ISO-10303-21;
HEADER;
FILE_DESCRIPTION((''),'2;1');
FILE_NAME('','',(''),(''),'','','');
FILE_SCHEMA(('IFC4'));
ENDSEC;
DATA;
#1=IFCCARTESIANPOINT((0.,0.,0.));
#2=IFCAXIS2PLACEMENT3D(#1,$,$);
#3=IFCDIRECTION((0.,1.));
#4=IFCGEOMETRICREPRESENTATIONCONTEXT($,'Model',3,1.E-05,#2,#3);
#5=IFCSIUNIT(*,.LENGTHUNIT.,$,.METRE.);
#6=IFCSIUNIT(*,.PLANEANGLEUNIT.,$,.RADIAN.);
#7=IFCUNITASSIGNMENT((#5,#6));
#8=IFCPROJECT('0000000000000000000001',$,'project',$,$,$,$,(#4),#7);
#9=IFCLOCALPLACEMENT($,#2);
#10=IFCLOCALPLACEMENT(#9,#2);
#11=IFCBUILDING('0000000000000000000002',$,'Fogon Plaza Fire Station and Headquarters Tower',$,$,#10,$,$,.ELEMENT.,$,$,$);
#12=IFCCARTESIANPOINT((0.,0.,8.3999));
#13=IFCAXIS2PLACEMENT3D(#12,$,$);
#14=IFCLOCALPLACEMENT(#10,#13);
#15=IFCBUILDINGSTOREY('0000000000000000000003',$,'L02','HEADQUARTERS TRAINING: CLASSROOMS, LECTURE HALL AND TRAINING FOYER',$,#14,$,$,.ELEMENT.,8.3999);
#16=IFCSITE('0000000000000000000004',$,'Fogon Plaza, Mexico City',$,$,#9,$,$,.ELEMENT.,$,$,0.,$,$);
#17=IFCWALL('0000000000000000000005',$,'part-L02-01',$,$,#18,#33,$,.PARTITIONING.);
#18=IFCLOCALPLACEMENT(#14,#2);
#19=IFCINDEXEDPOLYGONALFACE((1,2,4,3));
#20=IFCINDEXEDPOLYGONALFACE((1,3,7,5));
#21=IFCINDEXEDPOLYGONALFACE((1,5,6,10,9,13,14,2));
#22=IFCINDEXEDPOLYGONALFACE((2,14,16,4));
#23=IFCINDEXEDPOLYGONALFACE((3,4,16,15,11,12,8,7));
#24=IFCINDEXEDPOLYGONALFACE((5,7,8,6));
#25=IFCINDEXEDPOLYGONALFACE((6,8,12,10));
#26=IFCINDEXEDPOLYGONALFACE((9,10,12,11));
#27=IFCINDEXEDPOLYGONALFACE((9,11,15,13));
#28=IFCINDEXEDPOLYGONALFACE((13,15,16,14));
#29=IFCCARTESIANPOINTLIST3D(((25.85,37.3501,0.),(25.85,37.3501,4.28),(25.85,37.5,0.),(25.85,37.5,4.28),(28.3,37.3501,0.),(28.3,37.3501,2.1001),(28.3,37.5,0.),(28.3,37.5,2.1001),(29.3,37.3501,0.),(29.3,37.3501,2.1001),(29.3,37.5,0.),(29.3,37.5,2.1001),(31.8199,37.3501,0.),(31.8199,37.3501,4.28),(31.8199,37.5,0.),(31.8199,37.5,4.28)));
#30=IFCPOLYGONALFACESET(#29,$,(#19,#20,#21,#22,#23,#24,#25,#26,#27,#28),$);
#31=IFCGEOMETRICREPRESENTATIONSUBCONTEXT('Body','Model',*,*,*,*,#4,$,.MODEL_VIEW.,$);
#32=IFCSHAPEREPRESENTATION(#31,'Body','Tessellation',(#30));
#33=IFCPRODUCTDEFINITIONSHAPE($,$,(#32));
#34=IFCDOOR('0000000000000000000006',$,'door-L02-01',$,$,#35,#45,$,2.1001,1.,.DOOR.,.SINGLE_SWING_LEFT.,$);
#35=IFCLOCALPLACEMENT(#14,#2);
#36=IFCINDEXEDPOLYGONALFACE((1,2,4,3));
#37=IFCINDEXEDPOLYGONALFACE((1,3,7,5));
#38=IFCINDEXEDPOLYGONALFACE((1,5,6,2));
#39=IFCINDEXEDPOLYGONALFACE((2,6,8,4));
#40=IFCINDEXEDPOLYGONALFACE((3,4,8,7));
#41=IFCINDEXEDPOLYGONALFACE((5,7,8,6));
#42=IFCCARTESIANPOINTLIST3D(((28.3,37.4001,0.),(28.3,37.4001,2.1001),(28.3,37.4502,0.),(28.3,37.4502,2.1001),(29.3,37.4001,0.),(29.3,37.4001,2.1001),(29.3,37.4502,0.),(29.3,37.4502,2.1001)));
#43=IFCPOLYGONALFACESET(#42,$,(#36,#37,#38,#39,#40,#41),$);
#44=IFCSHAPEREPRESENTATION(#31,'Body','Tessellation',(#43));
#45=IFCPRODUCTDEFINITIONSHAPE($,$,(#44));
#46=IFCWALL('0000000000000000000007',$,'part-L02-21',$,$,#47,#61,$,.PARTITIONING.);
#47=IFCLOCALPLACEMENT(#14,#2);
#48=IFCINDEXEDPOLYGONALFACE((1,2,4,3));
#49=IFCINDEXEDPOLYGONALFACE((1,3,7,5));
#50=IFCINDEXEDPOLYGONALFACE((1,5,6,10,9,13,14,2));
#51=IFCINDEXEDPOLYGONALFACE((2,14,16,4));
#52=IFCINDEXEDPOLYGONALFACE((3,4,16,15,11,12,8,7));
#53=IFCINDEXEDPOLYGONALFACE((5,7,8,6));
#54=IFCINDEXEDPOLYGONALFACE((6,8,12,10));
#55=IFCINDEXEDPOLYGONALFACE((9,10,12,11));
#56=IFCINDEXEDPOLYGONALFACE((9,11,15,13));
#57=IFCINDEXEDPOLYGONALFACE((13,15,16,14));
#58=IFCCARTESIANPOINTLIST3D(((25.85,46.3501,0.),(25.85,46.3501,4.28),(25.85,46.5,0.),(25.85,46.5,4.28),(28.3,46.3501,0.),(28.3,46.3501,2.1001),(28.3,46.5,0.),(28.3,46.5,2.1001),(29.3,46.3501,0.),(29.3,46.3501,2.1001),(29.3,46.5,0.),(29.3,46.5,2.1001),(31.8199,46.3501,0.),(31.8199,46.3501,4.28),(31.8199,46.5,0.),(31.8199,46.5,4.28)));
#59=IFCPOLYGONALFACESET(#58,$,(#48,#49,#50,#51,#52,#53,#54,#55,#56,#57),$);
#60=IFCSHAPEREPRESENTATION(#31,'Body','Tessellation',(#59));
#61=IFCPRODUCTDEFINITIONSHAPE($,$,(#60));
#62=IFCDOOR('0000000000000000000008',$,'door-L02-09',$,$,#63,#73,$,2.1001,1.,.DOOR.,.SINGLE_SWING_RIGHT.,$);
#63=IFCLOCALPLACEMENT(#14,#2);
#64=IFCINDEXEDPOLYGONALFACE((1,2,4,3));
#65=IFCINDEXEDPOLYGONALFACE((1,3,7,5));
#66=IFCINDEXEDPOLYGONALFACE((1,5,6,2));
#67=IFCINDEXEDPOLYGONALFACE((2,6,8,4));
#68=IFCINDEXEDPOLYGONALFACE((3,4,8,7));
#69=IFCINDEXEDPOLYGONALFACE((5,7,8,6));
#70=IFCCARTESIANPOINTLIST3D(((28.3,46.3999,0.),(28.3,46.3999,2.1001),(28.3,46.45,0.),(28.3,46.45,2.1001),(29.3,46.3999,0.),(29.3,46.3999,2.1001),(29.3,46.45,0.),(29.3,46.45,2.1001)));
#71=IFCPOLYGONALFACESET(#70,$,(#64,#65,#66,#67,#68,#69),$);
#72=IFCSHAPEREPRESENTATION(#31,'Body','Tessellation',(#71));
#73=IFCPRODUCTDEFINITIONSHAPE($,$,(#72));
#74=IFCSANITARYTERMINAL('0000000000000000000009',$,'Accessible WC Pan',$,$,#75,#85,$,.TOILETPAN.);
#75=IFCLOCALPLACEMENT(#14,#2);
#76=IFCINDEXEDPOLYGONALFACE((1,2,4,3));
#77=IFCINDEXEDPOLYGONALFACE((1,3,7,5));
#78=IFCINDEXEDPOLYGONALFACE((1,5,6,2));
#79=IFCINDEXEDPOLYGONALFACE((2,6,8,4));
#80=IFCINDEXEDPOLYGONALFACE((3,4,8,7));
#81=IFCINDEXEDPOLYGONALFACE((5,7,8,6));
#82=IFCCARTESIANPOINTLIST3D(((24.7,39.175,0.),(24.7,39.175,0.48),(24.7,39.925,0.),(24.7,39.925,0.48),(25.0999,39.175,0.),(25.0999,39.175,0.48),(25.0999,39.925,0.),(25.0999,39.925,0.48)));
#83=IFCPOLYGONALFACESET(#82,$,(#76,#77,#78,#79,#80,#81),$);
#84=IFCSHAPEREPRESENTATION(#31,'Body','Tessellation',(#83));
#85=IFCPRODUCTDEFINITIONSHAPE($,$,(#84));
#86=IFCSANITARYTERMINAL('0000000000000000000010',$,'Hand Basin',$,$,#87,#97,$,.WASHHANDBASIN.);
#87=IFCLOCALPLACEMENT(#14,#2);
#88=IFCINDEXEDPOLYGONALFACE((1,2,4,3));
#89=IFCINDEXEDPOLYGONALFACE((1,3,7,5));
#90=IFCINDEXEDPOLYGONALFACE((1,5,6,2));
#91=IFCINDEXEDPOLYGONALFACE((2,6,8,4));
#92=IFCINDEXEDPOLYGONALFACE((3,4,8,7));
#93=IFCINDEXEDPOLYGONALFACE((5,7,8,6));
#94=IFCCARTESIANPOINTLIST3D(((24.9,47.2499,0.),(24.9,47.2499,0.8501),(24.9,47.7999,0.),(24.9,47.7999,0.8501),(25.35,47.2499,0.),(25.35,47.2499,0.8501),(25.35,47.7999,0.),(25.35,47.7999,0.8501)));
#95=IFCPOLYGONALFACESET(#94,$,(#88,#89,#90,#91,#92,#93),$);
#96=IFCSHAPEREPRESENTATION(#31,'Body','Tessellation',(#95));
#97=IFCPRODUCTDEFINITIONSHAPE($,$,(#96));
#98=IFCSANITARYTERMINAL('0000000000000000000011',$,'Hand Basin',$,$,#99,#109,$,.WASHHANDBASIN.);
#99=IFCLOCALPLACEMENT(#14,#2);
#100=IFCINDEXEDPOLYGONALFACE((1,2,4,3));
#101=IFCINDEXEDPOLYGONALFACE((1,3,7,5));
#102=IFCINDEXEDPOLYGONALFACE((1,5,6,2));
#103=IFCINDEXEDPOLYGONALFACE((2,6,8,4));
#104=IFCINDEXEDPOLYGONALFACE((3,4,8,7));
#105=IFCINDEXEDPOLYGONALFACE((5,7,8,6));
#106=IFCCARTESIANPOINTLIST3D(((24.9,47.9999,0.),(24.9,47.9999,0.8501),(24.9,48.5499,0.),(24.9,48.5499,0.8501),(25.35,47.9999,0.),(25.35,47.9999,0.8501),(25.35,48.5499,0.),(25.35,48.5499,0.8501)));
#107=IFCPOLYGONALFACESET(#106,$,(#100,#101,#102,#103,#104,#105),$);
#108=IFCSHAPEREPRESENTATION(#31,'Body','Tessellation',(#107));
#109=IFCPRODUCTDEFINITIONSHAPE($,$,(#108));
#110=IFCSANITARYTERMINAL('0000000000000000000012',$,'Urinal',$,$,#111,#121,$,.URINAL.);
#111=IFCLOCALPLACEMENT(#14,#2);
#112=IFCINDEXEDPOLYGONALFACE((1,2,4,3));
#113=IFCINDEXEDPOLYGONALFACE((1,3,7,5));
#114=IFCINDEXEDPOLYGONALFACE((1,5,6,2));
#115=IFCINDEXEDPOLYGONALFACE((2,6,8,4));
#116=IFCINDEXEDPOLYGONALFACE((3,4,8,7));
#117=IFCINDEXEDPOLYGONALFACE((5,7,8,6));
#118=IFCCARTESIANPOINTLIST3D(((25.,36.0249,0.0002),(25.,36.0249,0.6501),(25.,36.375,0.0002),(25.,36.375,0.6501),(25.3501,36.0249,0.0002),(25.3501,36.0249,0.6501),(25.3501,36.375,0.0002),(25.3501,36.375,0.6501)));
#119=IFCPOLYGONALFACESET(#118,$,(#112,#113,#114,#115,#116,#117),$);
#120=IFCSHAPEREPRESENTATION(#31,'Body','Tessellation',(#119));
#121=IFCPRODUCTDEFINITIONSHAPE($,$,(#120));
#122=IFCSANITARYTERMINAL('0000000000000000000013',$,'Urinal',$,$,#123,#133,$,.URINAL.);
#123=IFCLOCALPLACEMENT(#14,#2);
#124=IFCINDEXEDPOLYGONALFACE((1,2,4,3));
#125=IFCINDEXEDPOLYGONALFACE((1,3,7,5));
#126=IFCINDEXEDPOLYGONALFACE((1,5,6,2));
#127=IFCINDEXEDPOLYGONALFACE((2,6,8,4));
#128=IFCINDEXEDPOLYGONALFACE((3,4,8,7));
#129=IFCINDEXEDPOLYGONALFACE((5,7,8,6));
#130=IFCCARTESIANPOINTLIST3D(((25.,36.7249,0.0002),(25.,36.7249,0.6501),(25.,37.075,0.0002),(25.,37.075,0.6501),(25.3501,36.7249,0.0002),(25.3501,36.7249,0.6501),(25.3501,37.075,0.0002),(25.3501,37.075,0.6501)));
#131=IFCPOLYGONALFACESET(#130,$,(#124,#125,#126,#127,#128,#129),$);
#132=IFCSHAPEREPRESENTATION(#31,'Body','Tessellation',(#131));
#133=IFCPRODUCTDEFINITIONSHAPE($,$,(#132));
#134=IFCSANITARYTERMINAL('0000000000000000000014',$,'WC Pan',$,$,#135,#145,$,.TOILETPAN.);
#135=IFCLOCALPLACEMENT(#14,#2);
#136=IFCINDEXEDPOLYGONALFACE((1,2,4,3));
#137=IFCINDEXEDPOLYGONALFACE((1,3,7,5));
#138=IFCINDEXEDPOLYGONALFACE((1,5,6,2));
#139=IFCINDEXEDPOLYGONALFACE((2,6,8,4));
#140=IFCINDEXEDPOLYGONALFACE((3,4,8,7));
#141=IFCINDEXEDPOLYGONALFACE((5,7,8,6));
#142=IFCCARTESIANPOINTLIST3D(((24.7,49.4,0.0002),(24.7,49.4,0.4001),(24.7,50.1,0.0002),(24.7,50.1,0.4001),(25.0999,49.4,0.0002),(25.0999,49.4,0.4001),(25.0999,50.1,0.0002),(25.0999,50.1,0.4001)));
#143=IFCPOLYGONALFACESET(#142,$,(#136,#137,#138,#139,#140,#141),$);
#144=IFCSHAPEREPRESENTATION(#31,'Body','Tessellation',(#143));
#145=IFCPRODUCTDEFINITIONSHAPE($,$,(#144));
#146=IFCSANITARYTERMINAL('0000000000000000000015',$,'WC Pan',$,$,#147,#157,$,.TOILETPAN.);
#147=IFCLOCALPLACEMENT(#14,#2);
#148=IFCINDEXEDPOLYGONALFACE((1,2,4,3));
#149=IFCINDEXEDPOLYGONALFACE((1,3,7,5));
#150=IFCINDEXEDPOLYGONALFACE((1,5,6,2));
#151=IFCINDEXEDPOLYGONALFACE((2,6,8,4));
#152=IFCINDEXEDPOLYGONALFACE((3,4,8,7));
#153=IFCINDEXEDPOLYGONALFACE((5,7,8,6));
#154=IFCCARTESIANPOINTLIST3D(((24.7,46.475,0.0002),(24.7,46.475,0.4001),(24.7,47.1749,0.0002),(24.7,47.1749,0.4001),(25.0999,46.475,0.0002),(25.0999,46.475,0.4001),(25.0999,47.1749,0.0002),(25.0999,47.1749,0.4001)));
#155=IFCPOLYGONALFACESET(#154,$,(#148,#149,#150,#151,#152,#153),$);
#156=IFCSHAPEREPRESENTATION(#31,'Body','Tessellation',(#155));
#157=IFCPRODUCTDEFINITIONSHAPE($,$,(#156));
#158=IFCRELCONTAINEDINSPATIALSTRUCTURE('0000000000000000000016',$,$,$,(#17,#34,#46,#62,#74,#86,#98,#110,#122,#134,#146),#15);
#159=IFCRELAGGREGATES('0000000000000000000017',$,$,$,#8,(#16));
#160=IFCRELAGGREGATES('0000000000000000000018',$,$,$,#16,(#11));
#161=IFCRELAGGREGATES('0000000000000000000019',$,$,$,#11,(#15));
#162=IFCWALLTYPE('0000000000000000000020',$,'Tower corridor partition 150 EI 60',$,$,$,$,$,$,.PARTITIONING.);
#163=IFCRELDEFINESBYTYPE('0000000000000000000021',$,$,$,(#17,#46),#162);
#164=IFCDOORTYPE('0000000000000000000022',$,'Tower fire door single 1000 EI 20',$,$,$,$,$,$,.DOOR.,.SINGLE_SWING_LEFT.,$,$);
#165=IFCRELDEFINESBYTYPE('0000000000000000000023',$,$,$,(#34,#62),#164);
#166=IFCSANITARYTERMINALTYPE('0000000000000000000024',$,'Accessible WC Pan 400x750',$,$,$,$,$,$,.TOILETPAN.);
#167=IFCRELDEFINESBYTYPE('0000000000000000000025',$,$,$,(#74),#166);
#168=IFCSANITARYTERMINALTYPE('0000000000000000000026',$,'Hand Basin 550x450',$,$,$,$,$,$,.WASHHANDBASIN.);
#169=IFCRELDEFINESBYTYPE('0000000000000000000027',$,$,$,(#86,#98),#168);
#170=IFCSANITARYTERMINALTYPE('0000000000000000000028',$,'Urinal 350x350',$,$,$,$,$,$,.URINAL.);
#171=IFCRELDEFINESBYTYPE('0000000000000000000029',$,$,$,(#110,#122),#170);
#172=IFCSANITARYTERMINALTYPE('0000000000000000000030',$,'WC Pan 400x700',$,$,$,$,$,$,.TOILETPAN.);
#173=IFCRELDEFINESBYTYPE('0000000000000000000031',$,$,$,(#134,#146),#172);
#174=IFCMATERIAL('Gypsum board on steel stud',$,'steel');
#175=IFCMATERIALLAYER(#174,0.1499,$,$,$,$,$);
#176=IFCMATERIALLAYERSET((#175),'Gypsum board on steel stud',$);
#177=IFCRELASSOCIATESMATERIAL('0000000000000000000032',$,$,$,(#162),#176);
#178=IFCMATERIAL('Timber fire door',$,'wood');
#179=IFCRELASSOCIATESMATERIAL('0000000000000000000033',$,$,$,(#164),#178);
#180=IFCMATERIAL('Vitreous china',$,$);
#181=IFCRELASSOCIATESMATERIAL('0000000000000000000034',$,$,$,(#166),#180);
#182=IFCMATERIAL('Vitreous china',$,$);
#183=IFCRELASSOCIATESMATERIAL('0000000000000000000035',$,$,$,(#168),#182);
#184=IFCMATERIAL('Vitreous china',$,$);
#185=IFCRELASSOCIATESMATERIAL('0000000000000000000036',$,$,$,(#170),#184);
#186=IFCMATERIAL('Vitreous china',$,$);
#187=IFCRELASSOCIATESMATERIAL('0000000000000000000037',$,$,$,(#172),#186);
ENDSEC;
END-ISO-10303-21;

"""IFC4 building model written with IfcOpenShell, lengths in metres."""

from ifc_helpers import new_model, si_unit, direction, frame, frame_2d, origin, origin_2d, place, context, subcontext, project, spatial, rectangle, extrude, material, layer, layer_set, type_object, element, fill, save


model = new_model("IFC4")

# Units and contexts
model_context = context("Model", 3, precision=1e-05, world=origin(), true_north=direction((0.0, 1.0)))
body_context = subcontext(model_context, "Body", "Model", "MODEL_VIEW")
ifc_project = project(units=[si_unit("LENGTHUNIT", "METRE"), si_unit("PLANEANGLEUNIT", "RADIAN")], contexts=[model_context])

# Site, building, storey
site_placement = place(None, origin())
site = spatial("IfcSite", under=ifc_project, at=site_placement, Name="Fogon Plaza, Mexico City", CompositionType="ELEMENT", RefElevation=0.0)
building_placement = place(site_placement, origin())
building = spatial("IfcBuilding", under=site, at=building_placement, Name="Fogon Plaza Fire Station and Headquarters Tower", CompositionType="ELEMENT")
storey_placement = place(building_placement, frame((0.0, 0.0, 8.3999)))
storey = spatial("IfcBuildingStorey", under=building, at=storey_placement, Name="L02", Description="HEADQUARTERS TRAINING: CLASSROOMS, LECTURE HALL AND TRAINING FOYER", CompositionType="ELEMENT", Elevation=8.3999)

# Walls, openings, doors
ifc_material_1 = material(Name="Gypsum board on steel stud", Category="steel")
ifc_layer_1 = layer(ifc_material_1, 0.1499)
ifc_layer_set_1 = layer_set([ifc_layer_1], Name="Gypsum board on steel stud")
wall_type_1 = type_object("IfcWallType", Name="Tower corridor partition 150 EI 60", PredefinedType="PARTITIONING", material=ifc_layer_set_1)
wall_1_placement = place(storey_placement, frame((25.8501, 37.425, 0.0), z_axis=(0.0, 0.0, 1.0), x_axis=(1.0, 0.0, 0.0)))
wall_1 = element("IfcWall", 1, at=wall_1_placement, inside=storey, type_object=wall_type_1, Name="part-L02-01", PredefinedType="PARTITIONING", context=body_context, shape_type="SweptSolid", body=[
    extrude(rectangle(XDim=5.97, YDim=0.1499, at=frame_2d((2.9849, 0.0))), origin(), (0.0, 0.0, 1.0), 4.28),
])
opening_1_placement = place(wall_1_placement, frame((2.45, 0.0, 0.0)))
opening_1 = element("IfcOpeningElement", 2, at=opening_1_placement, cuts=wall_1, PredefinedType="OPENING", context=body_context, shape_type="SweptSolid", body=[
    extrude(rectangle(XDim=1.0, YDim=2.1001, at=frame_2d((0.5, 1.05))), frame((0.0, 0.085, 0.0), z_axis=(0.0, -1.0, 0.0), x_axis=(1.0, 0.0, 0.0)), (0.0, 0.0, 1.0), 0.1699),
])
ifc_material_2 = material(Name="Timber fire door", Category="wood")
door_type_1 = type_object("IfcDoorType", Name="Tower fire door single 1000 EI 20", OperationType="SINGLE_SWING_LEFT", PredefinedType="DOOR", material=ifc_material_2)
door_1_placement = place(opening_1_placement, frame((1.0, 0.0, 0.0), z_axis=(0.0, 0.0, 1.0), x_axis=(-1.0, 0.0, 0.0)))
door_1 = element("IfcDoor", 3, at=door_1_placement, inside=storey, type_object=door_type_1, Name="door-L02-01", OperationType="SINGLE_SWING_LEFT", OverallHeight=2.1001, OverallWidth=1.0, PredefinedType="DOOR", context=body_context, shape_type="SweptSolid", body=[
    extrude(rectangle(XDim=1.0, YDim=2.1001, at=frame_2d((0.5, 1.05))), frame((0.0, 0.0249, 0.0), z_axis=(0.0, -1.0, 0.0), x_axis=(1.0, 0.0, 0.0)), (0.0, 0.0, 1.0), 0.05),
])
fill(opening_1, door_1)
wall_2_placement = place(storey_placement, frame((25.8501, 46.425, 0.0), z_axis=(0.0, 0.0, 1.0), x_axis=(1.0, 0.0, 0.0)))
wall_2 = element("IfcWall", 4, at=wall_2_placement, inside=storey, type_object=wall_type_1, Name="part-L02-21", PredefinedType="PARTITIONING", context=body_context, shape_type="SweptSolid", body=[
    extrude(rectangle(XDim=5.97, YDim=0.1499, at=frame_2d((2.9849, 0.0))), origin(), (0.0, 0.0, 1.0), 4.28),
])
opening_2_placement = place(wall_2_placement, frame((2.45, 0.0, 0.0)))
opening_2 = element("IfcOpeningElement", 5, at=opening_2_placement, cuts=wall_2, PredefinedType="OPENING", context=body_context, shape_type="SweptSolid", body=[
    extrude(rectangle(XDim=1.0, YDim=2.1001, at=frame_2d((0.5, 1.05))), frame((0.0, 0.085, 0.0), z_axis=(0.0, -1.0, 0.0), x_axis=(1.0, 0.0, 0.0)), (0.0, 0.0, 1.0), 0.1699),
])
door_2_placement = place(opening_2_placement, origin())
door_2 = element("IfcDoor", 6, at=door_2_placement, inside=storey, type_object=door_type_1, Name="door-L02-09", OperationType="SINGLE_SWING_RIGHT", OverallHeight=2.1001, OverallWidth=1.0, PredefinedType="DOOR", context=body_context, shape_type="SweptSolid", body=[
    extrude(rectangle(XDim=1.0, YDim=2.1001, at=frame_2d((0.5, 1.05))), frame((0.0, 0.0249, 0.0), z_axis=(0.0, -1.0, 0.0), x_axis=(1.0, 0.0, 0.0)), (0.0, 0.0, 1.0), 0.05),
])
fill(opening_2, door_2)

# Sanitary terminals
ifc_material_3 = material(Name="Vitreous china")
sanitary_terminal_type_1 = type_object("IfcSanitaryTerminalType", Name="Accessible WC Pan 400x750", PredefinedType="TOILETPAN", material=ifc_material_3)
sanitary_terminal_placement = place(storey_placement, frame((24.8999, 39.55, 0.0), z_axis=(0.0, 0.0, 1.0), x_axis=(1.0, 0.0, 0.0)))
element("IfcSanitaryTerminal", 7, at=sanitary_terminal_placement, inside=storey, type_object=sanitary_terminal_type_1, Name="Accessible WC Pan", PredefinedType="TOILETPAN", context=body_context, shape_type="SweptSolid", body=[
    extrude(rectangle(XDim=0.3999, YDim=0.75, at=origin_2d()), origin(), (0.0, 0.0, 1.0), 0.48),
])
ifc_material_4 = material(Name="Vitreous china")
sanitary_terminal_type_2 = type_object("IfcSanitaryTerminalType", Name="Hand Basin 550x450", PredefinedType="WASHHANDBASIN", material=ifc_material_4)
for number, where, z_axis, x_axis, name in (
    (8, (25.125, 47.5249, 0.0), (0.0, 0.0, 1.0), (1.0, 0.0, 0.0), "Hand Basin"),
    (9, (25.125, 48.2749, 0.0), (0.0, 0.0, 1.0), (1.0, 0.0, 0.0), "Hand Basin"),
):
    element("IfcSanitaryTerminal", number, at=place(storey_placement, frame(where, z_axis=z_axis, x_axis=x_axis)), inside=storey, type_object=sanitary_terminal_type_2, Name=name, PredefinedType="WASHHANDBASIN", context=body_context, shape_type="SweptSolid", body=[
        extrude(rectangle(XDim=0.45, YDim=0.55, at=origin_2d()), origin(), (0.0, 0.0, 1.0), 0.8501),
    ])
ifc_material_5 = material(Name="Vitreous china")
sanitary_terminal_type_3 = type_object("IfcSanitaryTerminalType", Name="Urinal 350x350", PredefinedType="URINAL", material=ifc_material_5)
for number, where, z_axis, x_axis, name in (
    (10, (25.175, 36.2, 0.0002), (0.0, 0.0, 1.0), (1.0, 0.0, 0.0), "Urinal"),
    (11, (25.175, 36.8999, 0.0002), (0.0, 0.0, 1.0), (1.0, 0.0, 0.0), "Urinal"),
):
    element("IfcSanitaryTerminal", number, at=place(storey_placement, frame(where, z_axis=z_axis, x_axis=x_axis)), inside=storey, type_object=sanitary_terminal_type_3, Name=name, PredefinedType="URINAL", context=body_context, shape_type="SweptSolid", body=[
        extrude(rectangle(XDim=0.3501, YDim=0.3501, at=origin_2d()), origin(), (0.0, 0.0, 1.0), 0.6499),
    ])
ifc_material_6 = material(Name="Vitreous china")
sanitary_terminal_type_4 = type_object("IfcSanitaryTerminalType", Name="WC Pan 400x700", PredefinedType="TOILETPAN", material=ifc_material_6)
for number, where, z_axis, x_axis, name in (
    (12, (24.8999, 49.75, 0.0002), (0.0, 0.0, 1.0), (1.0, 0.0, 0.0), "WC Pan"),
    (13, (24.8999, 46.825, 0.0002), (0.0, 0.0, 1.0), (1.0, 0.0, 0.0), "WC Pan"),
):
    element("IfcSanitaryTerminal", number, at=place(storey_placement, frame(where, z_axis=z_axis, x_axis=x_axis)), inside=storey, type_object=sanitary_terminal_type_4, Name=name, PredefinedType="TOILETPAN", context=body_context, shape_type="SweptSolid", body=[
        extrude(rectangle(XDim=0.3999, YDim=0.7, at=origin_2d()), origin(), (0.0, 0.0, 1.0), 0.3999),
    ])

save(model, "model.ifc")
